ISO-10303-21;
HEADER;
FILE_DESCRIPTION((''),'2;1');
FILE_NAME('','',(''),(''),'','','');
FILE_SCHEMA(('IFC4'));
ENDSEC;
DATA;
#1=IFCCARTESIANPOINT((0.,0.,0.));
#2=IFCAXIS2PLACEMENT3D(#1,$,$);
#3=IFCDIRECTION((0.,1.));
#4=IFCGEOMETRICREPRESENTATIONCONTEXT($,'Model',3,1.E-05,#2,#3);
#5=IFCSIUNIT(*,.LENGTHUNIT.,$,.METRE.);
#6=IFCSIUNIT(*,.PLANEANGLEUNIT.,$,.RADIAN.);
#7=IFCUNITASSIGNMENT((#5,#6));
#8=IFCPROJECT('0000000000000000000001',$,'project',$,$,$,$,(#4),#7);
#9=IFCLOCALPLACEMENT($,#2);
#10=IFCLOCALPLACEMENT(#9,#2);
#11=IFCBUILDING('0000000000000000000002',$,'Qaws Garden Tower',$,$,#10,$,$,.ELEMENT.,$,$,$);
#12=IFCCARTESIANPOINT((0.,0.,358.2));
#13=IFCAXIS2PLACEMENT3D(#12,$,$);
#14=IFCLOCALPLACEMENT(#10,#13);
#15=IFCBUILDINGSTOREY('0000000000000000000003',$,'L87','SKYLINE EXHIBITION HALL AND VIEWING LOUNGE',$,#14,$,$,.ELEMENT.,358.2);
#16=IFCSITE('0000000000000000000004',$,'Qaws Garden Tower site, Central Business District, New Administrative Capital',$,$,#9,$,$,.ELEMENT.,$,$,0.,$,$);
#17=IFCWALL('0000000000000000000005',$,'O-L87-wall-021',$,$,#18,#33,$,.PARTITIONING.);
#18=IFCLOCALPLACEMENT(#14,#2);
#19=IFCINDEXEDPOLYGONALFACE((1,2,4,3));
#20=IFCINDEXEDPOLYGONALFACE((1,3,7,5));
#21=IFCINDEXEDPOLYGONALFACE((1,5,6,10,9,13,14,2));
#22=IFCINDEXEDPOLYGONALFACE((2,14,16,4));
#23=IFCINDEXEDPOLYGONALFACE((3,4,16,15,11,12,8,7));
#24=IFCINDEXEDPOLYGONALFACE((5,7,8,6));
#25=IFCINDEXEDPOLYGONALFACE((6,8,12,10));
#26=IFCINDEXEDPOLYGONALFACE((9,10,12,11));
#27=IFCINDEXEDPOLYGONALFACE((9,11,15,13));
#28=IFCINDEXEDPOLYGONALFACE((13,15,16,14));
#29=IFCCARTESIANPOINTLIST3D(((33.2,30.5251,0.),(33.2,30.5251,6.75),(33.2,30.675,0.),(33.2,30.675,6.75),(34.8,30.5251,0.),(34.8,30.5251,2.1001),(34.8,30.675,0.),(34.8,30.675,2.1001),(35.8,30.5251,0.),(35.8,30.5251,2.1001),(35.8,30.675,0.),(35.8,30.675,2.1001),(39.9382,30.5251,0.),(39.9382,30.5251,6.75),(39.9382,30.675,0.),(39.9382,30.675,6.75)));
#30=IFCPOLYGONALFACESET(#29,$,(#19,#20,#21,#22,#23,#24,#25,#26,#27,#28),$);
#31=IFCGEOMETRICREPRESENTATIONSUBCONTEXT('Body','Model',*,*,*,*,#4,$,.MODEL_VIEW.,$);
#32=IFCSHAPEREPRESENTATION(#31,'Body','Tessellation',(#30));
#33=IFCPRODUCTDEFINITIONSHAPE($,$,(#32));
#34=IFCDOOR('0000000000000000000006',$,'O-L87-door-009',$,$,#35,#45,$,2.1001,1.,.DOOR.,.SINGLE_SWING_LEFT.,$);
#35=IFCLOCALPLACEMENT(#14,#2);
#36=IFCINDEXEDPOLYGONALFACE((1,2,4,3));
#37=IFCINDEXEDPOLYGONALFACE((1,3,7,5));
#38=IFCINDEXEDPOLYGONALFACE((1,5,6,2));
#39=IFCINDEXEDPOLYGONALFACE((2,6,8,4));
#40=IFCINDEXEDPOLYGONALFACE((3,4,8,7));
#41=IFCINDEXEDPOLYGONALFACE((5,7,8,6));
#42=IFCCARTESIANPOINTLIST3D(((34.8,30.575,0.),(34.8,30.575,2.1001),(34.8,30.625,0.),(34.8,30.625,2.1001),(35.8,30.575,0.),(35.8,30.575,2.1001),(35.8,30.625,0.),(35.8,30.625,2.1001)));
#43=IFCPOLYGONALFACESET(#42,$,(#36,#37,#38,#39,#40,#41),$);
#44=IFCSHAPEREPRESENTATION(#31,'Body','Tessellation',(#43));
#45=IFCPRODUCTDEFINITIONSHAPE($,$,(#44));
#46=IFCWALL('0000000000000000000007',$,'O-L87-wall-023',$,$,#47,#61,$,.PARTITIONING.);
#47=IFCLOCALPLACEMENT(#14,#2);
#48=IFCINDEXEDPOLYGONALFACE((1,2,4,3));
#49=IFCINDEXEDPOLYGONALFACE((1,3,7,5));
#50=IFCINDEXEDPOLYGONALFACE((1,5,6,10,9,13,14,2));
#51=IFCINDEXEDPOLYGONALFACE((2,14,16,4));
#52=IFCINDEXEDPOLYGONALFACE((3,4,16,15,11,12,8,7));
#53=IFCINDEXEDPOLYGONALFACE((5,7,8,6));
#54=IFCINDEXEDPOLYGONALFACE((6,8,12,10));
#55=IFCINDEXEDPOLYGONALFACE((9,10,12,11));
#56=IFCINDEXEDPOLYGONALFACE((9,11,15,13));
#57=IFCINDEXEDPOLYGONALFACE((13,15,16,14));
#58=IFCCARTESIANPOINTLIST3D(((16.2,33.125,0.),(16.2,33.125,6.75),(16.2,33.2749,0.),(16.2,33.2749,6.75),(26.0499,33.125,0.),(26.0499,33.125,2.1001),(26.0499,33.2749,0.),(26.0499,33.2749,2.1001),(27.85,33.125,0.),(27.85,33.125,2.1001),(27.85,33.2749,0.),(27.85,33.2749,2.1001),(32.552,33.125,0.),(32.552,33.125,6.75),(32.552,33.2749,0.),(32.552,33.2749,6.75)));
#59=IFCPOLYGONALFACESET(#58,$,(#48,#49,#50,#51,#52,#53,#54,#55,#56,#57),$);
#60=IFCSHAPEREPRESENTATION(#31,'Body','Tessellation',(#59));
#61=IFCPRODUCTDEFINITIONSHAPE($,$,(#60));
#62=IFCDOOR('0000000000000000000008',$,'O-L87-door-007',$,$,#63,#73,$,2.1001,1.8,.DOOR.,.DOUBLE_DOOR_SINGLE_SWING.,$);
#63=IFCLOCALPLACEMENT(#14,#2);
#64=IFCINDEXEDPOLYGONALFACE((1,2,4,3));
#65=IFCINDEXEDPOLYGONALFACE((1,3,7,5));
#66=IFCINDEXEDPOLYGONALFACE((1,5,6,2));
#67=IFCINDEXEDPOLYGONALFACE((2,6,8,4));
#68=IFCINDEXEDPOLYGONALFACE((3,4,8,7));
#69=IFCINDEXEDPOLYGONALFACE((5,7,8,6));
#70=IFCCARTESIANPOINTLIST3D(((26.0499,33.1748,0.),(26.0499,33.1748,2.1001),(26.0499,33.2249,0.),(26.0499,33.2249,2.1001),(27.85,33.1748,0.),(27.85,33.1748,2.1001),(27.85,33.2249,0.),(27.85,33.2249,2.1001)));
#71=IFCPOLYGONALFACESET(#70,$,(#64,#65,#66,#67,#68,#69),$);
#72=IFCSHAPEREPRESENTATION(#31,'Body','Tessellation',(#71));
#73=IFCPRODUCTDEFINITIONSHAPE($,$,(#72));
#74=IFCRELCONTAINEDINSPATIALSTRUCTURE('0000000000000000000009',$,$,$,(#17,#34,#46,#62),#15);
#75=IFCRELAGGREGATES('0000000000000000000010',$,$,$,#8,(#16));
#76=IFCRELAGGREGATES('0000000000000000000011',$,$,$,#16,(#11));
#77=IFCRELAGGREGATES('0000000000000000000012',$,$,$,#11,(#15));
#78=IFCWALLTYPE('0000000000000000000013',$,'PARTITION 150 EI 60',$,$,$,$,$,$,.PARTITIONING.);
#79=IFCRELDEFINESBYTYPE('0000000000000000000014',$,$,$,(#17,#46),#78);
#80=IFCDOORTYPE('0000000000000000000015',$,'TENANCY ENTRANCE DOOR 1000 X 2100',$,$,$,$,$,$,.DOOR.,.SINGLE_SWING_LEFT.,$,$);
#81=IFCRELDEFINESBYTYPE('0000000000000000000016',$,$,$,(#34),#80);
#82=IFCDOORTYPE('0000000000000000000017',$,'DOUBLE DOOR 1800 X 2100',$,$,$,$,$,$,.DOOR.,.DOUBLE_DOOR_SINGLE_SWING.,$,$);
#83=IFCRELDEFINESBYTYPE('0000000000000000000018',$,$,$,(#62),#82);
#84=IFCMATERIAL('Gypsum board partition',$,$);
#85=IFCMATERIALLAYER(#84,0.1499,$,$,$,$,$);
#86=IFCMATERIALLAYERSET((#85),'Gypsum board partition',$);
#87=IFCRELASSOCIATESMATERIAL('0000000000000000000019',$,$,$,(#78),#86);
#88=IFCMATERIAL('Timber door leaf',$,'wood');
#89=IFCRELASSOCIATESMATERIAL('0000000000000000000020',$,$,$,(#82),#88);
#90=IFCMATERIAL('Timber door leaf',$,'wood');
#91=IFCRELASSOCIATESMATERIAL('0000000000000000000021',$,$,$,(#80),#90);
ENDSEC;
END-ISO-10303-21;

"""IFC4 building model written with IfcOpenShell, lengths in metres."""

from ifc_helpers import new_model, si_unit, direction, frame, frame_2d, origin, place, context, subcontext, project, spatial, rectangle, extrude, material, layer, layer_set, type_object, element, fill, save


model = new_model("IFC4")

# Units and contexts
model_context = context("Model", 3, precision=1e-05, world=origin(), true_north=direction((0.0, 1.0)))
body_context = subcontext(model_context, "Body", "Model", "MODEL_VIEW")
ifc_project = project(units=[si_unit("LENGTHUNIT", "METRE"), si_unit("PLANEANGLEUNIT", "RADIAN")], contexts=[model_context])

# Site, building, storey
site_placement = place(None, origin())
site = spatial("IfcSite", under=ifc_project, at=site_placement, Name="Qaws Garden Tower site, Central Business District, New Administrative Capital", CompositionType="ELEMENT", RefElevation=0.0)
building_placement = place(site_placement, origin())
building = spatial("IfcBuilding", under=site, at=building_placement, Name="Qaws Garden Tower", CompositionType="ELEMENT")
storey_placement = place(building_placement, frame((0.0, 0.0, 358.2)))
storey = spatial("IfcBuildingStorey", under=building, at=storey_placement, Name="L87", Description="SKYLINE EXHIBITION HALL AND VIEWING LOUNGE", CompositionType="ELEMENT", Elevation=358.2)

# Shared definitions
ifc_material_1 = material(Name="Gypsum board partition")
ifc_layer_1 = layer(ifc_material_1, 0.1499)
ifc_layer_set_1 = layer_set([ifc_layer_1], Name="Gypsum board partition")
wall_type_1 = type_object("IfcWallType", Name="PARTITION 150 EI 60", PredefinedType="PARTITIONING", material=ifc_layer_set_1)
ifc_material_2 = material(Name="Timber door leaf", Category="wood")
door_type_1 = type_object("IfcDoorType", Name="DOUBLE DOOR 1800 X 2100", OperationType="DOUBLE_DOOR_SINGLE_SWING", PredefinedType="DOOR", material=ifc_material_2)

# Walls, openings, doors
wall_1_placement = place(storey_placement, frame((33.2, 30.6001, 0.0), z_axis=(0.0, 0.0, 1.0), x_axis=(1.0, 0.0, 0.0)))
wall_1 = element("IfcWall", 1, at=wall_1_placement, inside=storey, type_object=wall_type_1, Name="O-L87-wall-021", PredefinedType="PARTITIONING", context=body_context, shape_type="SweptSolid", body=[
    extrude(rectangle(XDim=6.7383, YDim=0.1499, at=frame_2d((3.3691, 0.0))), origin(), (0.0, 0.0, 1.0), 6.75),
])
opening_1_placement = place(wall_1_placement, frame((1.6001, 0.0, 0.0)))
opening_1 = element("IfcOpeningElement", 2, at=opening_1_placement, cuts=wall_1, PredefinedType="OPENING", context=body_context, shape_type="SweptSolid", body=[
    extrude(rectangle(XDim=1.0, YDim=2.1001, at=frame_2d((0.5, 1.05))), frame((0.0, 0.085, 0.0), z_axis=(0.0, -1.0, 0.0), x_axis=(1.0, 0.0, 0.0)), (0.0, 0.0, 1.0), 0.1699),
])
ifc_material_3 = material(Name="Timber door leaf", Category="wood")
door_type_2 = type_object("IfcDoorType", Name="TENANCY ENTRANCE DOOR 1000 X 2100", OperationType="SINGLE_SWING_LEFT", PredefinedType="DOOR", material=ifc_material_3)
door_1_placement = place(opening_1_placement, origin())
door_1 = element("IfcDoor", 3, at=door_1_placement, inside=storey, type_object=door_type_2, Name="O-L87-door-009", OperationType="SINGLE_SWING_LEFT", OverallHeight=2.1001, OverallWidth=1.0, PredefinedType="DOOR", context=body_context, shape_type="SweptSolid", body=[
    extrude(rectangle(XDim=1.0, YDim=2.1001, at=frame_2d((0.5, 1.05))), frame((0.0, 0.0249, 0.0), z_axis=(0.0, -1.0, 0.0), x_axis=(1.0, 0.0, 0.0)), (0.0, 0.0, 1.0), 0.05),
])
fill(opening_1, door_1)
wall_2_placement = place(storey_placement, frame((16.2, 33.2, 0.0), z_axis=(0.0, 0.0, 1.0), x_axis=(1.0, 0.0, 0.0)))
wall_2 = element("IfcWall", 4, at=wall_2_placement, inside=storey, type_object=wall_type_1, Name="O-L87-wall-023", PredefinedType="PARTITIONING", context=body_context, shape_type="SweptSolid", body=[
    extrude(rectangle(XDim=16.3521, YDim=0.1499, at=frame_2d((8.176, 0.0))), origin(), (0.0, 0.0, 1.0), 6.75),
])
opening_2_placement = place(wall_2_placement, frame((9.8501, 0.0, 0.0)))
opening_2 = element("IfcOpeningElement", 5, at=opening_2_placement, cuts=wall_2, PredefinedType="OPENING", context=body_context, shape_type="SweptSolid", body=[
    extrude(rectangle(XDim=1.8, YDim=2.1001, at=frame_2d((0.8999, 1.05))), frame((0.0, 0.085, 0.0), z_axis=(0.0, -1.0, 0.0), x_axis=(1.0, 0.0, 0.0)), (0.0, 0.0, 1.0), 0.1699),
])
door_2_placement = place(opening_2_placement, origin())
door_2 = element("IfcDoor", 6, at=door_2_placement, inside=storey, type_object=door_type_1, Name="O-L87-door-007", OperationType="DOUBLE_DOOR_SINGLE_SWING", OverallHeight=2.1001, OverallWidth=1.8, PredefinedType="DOOR", context=body_context, shape_type="SweptSolid", body=[
    extrude(rectangle(XDim=1.8, YDim=2.1001, at=frame_2d((0.8999, 1.05))), frame((0.0, 0.0249, 0.0), z_axis=(0.0, -1.0, 0.0), x_axis=(1.0, 0.0, 0.0)), (0.0, 0.0, 1.0), 0.05),
])
fill(opening_2, door_2)

save(model, "model.ifc")
